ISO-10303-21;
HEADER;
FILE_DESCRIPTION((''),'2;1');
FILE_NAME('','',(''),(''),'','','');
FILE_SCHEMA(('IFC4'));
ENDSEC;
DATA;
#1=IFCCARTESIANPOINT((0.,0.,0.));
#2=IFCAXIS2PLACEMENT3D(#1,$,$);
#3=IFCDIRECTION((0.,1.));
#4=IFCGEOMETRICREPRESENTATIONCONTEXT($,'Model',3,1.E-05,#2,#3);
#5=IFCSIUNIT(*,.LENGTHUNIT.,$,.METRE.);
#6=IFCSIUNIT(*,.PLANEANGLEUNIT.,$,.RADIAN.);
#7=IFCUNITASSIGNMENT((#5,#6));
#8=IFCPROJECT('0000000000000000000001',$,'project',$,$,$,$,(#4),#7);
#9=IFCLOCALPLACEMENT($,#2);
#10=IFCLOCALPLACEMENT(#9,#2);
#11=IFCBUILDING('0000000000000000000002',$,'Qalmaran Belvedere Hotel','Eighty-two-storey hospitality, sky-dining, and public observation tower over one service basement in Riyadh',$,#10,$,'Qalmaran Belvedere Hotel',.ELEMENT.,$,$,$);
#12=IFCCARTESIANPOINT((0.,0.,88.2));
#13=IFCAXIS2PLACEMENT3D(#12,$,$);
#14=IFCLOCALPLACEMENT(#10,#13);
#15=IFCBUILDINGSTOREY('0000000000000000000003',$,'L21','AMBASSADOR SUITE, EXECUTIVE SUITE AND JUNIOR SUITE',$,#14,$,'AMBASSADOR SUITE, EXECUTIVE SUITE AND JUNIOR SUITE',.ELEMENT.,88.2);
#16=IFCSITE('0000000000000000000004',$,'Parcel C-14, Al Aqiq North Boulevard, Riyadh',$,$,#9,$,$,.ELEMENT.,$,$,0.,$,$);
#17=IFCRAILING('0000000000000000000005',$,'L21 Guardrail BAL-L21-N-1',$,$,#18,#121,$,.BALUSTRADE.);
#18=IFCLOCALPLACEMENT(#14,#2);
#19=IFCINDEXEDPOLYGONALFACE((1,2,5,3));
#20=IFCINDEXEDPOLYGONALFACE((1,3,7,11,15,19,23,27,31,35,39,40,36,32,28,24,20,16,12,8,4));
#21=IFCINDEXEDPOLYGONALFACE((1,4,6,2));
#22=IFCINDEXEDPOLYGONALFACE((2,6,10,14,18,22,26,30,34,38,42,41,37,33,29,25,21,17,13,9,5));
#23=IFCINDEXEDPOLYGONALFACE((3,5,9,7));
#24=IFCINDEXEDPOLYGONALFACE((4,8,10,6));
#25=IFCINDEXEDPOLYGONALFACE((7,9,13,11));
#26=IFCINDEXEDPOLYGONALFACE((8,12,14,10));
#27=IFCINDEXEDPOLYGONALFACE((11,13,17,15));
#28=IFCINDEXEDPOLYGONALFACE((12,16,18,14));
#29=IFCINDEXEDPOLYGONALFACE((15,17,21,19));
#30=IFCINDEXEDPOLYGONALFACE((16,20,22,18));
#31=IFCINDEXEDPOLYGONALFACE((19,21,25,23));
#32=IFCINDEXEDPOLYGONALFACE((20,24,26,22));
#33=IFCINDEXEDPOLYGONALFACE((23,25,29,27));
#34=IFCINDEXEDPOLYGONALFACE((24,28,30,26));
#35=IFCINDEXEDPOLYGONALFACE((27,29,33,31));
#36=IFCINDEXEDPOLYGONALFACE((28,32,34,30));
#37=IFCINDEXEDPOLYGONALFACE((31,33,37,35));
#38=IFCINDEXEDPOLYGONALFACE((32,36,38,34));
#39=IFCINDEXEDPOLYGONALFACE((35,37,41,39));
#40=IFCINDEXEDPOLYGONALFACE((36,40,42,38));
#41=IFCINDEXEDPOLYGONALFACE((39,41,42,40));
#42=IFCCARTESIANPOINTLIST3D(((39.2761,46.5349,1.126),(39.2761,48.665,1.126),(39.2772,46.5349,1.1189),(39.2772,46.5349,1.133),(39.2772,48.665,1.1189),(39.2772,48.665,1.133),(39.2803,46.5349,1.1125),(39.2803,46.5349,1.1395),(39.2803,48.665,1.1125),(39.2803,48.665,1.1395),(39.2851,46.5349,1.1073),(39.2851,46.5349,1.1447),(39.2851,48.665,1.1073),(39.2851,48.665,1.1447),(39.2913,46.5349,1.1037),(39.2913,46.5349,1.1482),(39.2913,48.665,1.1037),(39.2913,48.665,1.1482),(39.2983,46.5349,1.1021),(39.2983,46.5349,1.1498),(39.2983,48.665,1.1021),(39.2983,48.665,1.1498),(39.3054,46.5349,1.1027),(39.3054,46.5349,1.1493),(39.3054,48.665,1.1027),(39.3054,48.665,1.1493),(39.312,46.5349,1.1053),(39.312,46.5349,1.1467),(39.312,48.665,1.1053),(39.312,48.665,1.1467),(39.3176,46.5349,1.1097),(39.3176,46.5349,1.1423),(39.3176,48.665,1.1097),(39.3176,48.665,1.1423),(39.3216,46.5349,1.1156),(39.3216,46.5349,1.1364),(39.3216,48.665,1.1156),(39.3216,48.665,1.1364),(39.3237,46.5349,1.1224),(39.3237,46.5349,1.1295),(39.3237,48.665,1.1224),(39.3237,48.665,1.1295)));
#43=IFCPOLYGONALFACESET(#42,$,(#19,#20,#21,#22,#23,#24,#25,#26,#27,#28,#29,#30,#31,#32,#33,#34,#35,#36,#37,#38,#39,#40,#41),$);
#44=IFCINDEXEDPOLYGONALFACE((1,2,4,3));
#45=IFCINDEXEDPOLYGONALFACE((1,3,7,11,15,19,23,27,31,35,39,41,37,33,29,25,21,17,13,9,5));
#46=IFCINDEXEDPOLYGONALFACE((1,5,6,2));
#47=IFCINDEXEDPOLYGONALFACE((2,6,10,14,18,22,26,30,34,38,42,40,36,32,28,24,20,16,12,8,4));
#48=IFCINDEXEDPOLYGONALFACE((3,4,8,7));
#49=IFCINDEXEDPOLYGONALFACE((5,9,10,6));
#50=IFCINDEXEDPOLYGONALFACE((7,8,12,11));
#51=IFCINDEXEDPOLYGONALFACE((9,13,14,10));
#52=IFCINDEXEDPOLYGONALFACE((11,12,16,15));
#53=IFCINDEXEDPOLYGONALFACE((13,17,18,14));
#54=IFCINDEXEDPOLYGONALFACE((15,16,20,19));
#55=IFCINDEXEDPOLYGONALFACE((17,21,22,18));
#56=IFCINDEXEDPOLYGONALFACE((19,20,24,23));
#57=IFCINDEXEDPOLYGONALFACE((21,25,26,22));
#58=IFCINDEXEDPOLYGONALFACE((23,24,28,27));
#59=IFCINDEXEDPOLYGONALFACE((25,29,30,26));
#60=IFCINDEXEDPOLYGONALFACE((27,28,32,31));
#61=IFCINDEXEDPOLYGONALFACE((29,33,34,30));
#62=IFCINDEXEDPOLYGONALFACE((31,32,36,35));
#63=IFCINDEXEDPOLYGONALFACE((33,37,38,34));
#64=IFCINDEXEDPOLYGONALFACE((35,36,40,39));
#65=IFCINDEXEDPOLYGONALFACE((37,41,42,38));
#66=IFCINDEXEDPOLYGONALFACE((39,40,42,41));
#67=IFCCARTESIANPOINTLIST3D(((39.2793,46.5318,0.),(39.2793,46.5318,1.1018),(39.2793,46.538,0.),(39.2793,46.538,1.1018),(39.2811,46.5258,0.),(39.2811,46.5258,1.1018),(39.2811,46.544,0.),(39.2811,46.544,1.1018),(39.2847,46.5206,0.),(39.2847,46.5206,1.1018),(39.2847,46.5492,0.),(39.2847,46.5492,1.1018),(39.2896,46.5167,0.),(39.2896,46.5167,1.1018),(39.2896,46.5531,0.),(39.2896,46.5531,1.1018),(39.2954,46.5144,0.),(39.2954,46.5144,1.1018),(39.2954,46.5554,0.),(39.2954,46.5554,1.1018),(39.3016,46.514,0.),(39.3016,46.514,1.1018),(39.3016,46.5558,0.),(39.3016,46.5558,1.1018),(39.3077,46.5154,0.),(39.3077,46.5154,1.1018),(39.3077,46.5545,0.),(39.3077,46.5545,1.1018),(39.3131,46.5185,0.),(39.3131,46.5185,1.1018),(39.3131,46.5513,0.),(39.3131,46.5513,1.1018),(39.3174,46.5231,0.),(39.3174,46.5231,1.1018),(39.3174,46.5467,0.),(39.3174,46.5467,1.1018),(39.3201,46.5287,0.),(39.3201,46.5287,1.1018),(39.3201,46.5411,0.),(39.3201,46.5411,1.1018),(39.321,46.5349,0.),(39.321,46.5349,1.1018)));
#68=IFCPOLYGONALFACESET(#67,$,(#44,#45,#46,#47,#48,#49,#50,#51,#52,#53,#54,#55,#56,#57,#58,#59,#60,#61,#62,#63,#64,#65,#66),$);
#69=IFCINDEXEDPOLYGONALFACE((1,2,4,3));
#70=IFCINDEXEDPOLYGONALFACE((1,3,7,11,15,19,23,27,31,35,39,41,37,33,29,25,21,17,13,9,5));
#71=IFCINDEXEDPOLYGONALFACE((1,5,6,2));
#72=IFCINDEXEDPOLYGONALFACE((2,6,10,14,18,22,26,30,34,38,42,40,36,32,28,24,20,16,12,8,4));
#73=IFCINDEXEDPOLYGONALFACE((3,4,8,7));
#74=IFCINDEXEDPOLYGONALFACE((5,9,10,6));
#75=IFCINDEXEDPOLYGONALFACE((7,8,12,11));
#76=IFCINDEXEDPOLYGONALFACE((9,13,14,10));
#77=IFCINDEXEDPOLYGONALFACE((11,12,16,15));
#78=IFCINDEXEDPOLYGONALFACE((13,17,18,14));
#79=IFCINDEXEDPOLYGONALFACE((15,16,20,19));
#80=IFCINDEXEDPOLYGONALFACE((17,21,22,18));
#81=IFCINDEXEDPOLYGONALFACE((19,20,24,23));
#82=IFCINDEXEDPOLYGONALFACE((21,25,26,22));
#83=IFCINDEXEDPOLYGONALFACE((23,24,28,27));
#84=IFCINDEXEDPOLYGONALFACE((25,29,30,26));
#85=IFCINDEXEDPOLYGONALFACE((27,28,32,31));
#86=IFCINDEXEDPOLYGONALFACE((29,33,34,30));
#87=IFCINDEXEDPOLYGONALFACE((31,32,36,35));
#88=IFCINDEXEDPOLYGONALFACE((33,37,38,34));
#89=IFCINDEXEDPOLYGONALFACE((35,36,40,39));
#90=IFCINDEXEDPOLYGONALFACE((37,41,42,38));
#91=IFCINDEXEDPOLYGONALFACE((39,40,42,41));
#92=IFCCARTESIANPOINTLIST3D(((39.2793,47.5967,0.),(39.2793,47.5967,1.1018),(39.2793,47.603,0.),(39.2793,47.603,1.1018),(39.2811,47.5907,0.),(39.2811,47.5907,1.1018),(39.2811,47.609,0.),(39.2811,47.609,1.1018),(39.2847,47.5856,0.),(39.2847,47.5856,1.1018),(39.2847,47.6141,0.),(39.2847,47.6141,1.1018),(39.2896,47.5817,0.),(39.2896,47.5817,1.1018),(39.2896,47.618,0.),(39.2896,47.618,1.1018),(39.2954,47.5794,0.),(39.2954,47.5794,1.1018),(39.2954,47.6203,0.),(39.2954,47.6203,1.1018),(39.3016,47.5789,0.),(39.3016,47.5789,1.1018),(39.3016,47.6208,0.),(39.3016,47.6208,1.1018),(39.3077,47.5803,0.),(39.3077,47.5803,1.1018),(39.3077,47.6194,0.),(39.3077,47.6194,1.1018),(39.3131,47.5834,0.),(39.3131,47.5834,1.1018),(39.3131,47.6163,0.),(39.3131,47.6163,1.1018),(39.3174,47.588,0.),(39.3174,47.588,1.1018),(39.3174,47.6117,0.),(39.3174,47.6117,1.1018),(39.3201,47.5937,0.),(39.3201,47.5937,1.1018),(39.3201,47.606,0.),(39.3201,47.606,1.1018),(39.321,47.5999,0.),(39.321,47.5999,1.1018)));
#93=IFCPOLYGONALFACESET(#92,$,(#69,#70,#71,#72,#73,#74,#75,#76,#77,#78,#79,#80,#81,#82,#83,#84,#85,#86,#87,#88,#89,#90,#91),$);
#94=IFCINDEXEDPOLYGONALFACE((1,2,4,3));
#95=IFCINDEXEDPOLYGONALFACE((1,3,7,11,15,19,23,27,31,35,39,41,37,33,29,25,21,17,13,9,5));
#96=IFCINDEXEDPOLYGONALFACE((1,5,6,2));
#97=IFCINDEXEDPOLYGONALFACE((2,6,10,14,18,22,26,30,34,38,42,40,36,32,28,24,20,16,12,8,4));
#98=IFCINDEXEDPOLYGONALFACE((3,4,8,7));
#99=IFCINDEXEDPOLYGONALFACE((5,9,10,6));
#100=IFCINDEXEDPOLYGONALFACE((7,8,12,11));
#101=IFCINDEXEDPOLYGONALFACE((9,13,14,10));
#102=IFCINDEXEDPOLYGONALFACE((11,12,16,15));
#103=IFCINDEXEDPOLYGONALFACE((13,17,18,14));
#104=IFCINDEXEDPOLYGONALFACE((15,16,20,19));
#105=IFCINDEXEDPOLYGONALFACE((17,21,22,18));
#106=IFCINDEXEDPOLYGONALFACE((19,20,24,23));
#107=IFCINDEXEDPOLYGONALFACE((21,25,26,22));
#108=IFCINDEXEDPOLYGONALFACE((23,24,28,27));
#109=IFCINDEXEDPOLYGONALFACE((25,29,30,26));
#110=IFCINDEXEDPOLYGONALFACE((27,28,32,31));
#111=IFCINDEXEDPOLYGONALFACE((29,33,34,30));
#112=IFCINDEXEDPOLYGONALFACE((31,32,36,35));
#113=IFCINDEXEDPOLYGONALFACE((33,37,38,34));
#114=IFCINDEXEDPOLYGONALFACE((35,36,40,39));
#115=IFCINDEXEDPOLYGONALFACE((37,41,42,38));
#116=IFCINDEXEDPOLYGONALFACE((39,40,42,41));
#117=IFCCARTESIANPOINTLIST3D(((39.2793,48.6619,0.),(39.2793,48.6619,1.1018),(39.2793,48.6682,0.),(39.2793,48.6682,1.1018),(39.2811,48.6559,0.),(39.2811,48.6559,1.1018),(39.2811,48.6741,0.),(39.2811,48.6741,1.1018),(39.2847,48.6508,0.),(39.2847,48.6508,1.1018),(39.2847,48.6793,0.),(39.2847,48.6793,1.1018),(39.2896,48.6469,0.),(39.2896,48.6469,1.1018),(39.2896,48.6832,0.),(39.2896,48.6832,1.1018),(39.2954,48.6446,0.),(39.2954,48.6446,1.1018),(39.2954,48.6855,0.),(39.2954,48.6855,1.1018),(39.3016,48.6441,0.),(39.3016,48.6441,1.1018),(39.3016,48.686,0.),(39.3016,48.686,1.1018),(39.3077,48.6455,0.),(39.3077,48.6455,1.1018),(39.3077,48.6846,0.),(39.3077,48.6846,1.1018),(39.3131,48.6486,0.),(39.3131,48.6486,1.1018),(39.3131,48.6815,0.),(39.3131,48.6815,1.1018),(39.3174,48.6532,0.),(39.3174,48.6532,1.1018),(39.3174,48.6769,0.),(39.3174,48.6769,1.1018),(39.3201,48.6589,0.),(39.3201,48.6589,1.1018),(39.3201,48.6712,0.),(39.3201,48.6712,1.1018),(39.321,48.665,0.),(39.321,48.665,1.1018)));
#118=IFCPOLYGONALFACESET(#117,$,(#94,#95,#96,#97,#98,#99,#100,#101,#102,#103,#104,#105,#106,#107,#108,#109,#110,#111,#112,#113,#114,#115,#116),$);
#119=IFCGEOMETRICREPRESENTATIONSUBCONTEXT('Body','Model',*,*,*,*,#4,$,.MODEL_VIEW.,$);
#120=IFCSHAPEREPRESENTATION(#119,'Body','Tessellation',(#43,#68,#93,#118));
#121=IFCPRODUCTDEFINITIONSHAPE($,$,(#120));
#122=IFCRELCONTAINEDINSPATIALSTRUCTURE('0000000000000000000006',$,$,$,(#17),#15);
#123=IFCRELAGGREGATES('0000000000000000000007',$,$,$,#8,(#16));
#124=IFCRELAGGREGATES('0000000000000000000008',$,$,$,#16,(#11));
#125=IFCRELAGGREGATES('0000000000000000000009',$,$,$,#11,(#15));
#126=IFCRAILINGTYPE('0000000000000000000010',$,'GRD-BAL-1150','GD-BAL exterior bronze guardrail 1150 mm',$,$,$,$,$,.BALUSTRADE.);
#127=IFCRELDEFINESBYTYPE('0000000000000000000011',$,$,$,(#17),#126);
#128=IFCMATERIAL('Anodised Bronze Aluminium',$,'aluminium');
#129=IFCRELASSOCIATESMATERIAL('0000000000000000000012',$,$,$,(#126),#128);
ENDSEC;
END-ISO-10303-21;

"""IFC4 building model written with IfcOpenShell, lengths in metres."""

from ifc_helpers import new_model, si_unit, direction, frame, origin, origin_2d, place, context, subcontext, project, spatial, circle, extrude, material, type_object, element, save


model = new_model("IFC4")

# Units and contexts
model_context = context("Model", 3, precision=1e-05, world=origin(), true_north=direction((0.0, 1.0)))
body_context = subcontext(model_context, "Body", "Model", "MODEL_VIEW")
ifc_project = project(units=[si_unit("LENGTHUNIT", "METRE"), si_unit("PLANEANGLEUNIT", "RADIAN")], contexts=[model_context])

# Site, building, storey
site_placement = place(None, origin())
site = spatial("IfcSite", under=ifc_project, at=site_placement, Name="Parcel C-14, Al Aqiq North Boulevard, Riyadh", CompositionType="ELEMENT", RefElevation=0.0)
building_placement = place(site_placement, origin())
building = spatial("IfcBuilding", under=site, at=building_placement, Name="Qalmaran Belvedere Hotel", Description="Eighty-two-storey hospitality, sky-dining, and public observation tower over one service basement in Riyadh", LongName="Qalmaran Belvedere Hotel", CompositionType="ELEMENT")
storey_placement = place(building_placement, frame((0.0, 0.0, 88.2)))
storey = spatial("IfcBuildingStorey", under=building, at=storey_placement, Name="L21", Description="AMBASSADOR SUITE, EXECUTIVE SUITE AND JUNIOR SUITE", LongName="AMBASSADOR SUITE, EXECUTIVE SUITE AND JUNIOR SUITE", CompositionType="ELEMENT", Elevation=88.2)

# Shared definitions
ifc_material_1 = material(Name="Anodised Bronze Aluminium", Category="aluminium")

# Railing
railing_type = type_object("IfcRailingType", Name="GRD-BAL-1150", Description="GD-BAL exterior bronze guardrail 1150 mm", PredefinedType="BALUSTRADE", material=ifc_material_1)
railing_1_placement = place(storey_placement, frame((39.3, 46.5349, 0.0)))
element("IfcRailing", 1, at=railing_1_placement, inside=storey, type_object=railing_type, Name="L21 Guardrail BAL-L21-N-1", PredefinedType="BALUSTRADE", context=body_context, shape_type="SweptSolid", body=[
    extrude(circle(Radius=0.0239, at=origin_2d()), frame((0.0, 0.0, 1.126), z_axis=(0.0, 1.0, 0.0), x_axis=(-1.0, 0.0, 0.0)), (0.0, 0.0, 1.0), 2.1301),
    extrude(circle(Radius=0.021, at=origin_2d()), origin(), (0.0, 0.0, 1.0), 1.1018),
    extrude(circle(Radius=0.021, at=origin_2d()), frame((0.0, 1.0649, 0.0)), (0.0, 0.0, 1.0), 1.1018),
    extrude(circle(Radius=0.021, at=origin_2d()), frame((0.0, 2.1301, 0.0)), (0.0, 0.0, 1.0), 1.1018),
])

save(model, "model.ifc")
